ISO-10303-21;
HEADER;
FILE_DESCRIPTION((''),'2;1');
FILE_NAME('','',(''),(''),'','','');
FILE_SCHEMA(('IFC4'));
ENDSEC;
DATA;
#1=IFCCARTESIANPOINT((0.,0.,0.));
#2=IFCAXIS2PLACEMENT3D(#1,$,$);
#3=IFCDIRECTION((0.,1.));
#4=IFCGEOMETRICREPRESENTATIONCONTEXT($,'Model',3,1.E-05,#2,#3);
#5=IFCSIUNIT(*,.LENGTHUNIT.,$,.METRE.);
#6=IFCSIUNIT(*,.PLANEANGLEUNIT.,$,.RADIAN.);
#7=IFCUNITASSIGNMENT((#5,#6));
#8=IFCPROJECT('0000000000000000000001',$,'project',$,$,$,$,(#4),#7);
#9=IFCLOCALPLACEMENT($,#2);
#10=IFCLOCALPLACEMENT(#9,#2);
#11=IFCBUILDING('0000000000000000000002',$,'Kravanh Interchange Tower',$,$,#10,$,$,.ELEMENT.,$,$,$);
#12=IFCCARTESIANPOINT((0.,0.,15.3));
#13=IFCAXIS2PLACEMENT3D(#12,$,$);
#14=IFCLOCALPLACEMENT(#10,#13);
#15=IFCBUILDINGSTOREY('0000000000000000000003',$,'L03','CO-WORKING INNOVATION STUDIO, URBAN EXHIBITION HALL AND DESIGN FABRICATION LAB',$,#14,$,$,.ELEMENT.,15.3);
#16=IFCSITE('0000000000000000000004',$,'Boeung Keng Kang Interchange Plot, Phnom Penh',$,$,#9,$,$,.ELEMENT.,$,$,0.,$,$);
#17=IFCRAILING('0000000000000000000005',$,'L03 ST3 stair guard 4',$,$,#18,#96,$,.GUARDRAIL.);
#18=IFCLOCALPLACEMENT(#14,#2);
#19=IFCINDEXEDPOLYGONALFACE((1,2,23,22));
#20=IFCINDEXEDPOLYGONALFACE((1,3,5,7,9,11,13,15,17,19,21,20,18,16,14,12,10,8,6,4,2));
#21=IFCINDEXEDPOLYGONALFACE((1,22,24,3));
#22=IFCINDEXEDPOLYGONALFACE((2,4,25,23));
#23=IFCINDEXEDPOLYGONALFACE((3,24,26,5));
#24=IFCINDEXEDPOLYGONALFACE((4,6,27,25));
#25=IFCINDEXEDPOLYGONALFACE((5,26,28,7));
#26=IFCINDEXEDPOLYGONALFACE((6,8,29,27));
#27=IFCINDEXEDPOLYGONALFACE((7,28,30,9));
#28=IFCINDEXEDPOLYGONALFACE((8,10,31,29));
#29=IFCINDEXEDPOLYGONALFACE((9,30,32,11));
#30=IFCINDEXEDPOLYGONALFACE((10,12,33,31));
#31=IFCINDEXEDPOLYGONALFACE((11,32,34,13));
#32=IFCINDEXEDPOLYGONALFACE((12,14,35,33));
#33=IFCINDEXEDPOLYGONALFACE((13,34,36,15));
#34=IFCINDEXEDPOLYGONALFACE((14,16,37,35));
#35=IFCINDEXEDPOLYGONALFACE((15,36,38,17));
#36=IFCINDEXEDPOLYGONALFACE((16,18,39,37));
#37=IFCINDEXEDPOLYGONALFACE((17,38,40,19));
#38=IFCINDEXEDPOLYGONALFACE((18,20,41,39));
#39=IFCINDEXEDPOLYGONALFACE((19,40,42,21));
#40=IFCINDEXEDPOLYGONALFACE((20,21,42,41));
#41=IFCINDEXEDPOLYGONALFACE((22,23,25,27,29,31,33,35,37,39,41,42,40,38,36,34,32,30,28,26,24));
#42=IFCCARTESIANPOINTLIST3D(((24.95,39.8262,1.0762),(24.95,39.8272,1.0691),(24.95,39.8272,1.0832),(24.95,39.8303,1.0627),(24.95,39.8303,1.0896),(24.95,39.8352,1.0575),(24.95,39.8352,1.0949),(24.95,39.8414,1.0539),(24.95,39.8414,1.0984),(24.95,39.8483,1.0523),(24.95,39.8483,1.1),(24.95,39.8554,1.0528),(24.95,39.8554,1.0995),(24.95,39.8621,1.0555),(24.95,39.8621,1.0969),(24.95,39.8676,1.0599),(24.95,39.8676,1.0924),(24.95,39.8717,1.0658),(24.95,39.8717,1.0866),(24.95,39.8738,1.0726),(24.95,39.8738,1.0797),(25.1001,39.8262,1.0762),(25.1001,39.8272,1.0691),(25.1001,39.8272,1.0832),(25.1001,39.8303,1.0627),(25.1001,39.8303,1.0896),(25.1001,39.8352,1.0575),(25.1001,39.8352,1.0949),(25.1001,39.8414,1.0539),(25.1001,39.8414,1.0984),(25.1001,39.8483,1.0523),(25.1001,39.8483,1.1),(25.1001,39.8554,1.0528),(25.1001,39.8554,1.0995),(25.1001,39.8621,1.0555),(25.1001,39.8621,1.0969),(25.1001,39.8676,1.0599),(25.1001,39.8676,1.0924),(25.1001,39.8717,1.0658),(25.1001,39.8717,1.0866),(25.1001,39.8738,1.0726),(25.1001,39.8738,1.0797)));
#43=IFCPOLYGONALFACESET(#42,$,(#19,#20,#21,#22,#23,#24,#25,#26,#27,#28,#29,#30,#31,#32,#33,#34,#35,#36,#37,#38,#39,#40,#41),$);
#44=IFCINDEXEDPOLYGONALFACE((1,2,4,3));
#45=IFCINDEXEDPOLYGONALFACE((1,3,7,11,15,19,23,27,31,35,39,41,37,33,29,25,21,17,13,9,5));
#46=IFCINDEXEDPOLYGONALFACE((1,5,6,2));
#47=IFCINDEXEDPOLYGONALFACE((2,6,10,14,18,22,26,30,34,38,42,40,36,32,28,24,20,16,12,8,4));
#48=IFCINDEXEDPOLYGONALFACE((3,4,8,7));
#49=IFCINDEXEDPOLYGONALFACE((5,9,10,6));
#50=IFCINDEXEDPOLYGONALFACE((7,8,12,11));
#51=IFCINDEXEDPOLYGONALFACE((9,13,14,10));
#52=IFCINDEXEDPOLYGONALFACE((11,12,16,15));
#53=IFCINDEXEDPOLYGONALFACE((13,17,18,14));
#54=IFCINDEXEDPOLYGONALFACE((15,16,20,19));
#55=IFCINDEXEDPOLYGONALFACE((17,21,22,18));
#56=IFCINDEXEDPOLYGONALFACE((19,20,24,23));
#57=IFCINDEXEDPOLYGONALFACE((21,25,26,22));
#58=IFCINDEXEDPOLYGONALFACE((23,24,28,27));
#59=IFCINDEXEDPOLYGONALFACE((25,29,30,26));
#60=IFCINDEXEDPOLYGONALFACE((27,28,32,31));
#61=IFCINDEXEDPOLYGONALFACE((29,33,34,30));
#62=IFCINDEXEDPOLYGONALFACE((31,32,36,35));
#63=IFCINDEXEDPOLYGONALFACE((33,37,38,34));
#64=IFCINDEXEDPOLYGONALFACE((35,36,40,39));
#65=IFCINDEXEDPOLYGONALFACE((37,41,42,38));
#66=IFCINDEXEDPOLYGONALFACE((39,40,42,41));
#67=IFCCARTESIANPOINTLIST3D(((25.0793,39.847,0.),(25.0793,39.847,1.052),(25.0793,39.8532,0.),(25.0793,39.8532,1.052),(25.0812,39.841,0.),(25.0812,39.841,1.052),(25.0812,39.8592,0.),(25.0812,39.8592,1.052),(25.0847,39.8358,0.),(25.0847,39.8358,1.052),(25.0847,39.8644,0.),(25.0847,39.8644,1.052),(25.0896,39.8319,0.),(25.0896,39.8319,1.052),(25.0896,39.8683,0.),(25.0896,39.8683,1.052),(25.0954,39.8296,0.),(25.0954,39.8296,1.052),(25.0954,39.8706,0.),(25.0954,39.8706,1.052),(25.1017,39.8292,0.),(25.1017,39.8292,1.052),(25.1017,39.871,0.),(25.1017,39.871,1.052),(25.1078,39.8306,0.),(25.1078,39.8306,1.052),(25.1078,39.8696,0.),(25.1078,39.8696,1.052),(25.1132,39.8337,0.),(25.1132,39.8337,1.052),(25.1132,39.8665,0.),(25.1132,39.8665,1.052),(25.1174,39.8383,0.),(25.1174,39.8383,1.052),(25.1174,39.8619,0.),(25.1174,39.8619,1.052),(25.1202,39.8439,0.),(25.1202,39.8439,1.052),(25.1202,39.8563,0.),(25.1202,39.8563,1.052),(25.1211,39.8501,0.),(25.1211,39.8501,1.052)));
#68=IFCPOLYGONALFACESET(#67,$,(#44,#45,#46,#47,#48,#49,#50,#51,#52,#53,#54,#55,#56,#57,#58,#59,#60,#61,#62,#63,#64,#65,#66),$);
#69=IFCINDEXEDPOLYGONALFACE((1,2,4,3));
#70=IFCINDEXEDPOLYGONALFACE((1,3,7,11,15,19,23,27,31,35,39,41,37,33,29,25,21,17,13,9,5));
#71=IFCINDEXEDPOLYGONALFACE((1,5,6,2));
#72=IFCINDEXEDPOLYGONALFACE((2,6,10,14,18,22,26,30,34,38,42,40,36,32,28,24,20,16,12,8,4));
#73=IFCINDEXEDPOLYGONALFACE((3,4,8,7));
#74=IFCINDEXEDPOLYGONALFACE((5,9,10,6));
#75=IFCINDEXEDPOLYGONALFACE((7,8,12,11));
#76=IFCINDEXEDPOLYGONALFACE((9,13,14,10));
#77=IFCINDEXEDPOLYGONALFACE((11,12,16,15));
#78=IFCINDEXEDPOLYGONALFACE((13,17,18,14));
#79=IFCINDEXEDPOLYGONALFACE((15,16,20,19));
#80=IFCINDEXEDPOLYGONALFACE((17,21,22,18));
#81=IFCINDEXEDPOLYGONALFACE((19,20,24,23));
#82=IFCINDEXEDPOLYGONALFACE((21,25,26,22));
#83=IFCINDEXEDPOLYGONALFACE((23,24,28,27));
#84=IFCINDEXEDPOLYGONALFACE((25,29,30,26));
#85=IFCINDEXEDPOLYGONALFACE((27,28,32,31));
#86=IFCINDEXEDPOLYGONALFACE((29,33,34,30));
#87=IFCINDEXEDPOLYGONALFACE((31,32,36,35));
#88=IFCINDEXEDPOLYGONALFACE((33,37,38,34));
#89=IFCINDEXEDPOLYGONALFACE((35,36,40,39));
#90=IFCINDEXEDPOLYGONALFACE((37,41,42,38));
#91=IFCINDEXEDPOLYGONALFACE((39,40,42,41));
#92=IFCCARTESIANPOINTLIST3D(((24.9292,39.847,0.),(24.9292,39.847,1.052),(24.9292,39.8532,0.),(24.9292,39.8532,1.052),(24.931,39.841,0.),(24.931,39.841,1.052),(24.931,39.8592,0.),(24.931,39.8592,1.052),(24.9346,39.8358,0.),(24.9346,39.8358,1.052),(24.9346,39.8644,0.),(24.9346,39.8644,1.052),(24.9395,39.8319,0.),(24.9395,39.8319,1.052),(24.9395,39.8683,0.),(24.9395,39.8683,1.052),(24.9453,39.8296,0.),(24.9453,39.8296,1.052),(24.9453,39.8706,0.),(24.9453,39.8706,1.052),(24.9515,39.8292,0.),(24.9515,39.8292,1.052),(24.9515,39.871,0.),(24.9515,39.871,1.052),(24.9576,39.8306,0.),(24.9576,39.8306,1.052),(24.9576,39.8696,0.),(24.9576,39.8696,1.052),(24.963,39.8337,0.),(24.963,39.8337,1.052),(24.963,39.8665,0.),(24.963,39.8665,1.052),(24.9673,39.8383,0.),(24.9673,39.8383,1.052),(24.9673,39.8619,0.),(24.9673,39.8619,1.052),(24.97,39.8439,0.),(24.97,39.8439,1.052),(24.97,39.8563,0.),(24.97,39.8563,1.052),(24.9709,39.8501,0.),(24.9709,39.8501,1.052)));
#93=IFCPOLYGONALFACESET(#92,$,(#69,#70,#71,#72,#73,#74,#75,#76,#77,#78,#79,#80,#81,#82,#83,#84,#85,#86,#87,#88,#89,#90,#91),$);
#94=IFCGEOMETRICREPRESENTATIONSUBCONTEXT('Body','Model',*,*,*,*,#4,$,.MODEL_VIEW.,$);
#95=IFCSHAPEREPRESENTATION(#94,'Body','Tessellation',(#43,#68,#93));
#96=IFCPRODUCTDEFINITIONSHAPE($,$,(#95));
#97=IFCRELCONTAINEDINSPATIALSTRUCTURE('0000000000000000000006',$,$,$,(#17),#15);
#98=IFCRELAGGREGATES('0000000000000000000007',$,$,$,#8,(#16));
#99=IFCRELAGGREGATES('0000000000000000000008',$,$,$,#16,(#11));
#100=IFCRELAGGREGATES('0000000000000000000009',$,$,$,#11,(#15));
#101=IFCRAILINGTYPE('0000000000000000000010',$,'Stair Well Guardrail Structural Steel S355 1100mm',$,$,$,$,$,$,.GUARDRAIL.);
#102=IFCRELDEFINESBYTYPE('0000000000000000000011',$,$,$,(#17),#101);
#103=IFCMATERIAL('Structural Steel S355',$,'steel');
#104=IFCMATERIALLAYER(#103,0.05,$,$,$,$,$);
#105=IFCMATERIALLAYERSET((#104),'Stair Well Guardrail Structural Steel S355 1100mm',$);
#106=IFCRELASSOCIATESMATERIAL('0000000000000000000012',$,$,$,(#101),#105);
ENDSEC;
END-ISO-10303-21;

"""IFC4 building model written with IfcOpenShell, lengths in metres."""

from ifc_helpers import new_model, si_unit, direction, frame, origin, origin_2d, place, context, subcontext, project, spatial, circle, extrude, material, layer, layer_set, type_object, element, save


model = new_model("IFC4")

# Units and contexts
model_context = context("Model", 3, precision=1e-05, world=origin(), true_north=direction((0.0, 1.0)))
body_context = subcontext(model_context, "Body", "Model", "MODEL_VIEW")
ifc_project = project(units=[si_unit("LENGTHUNIT", "METRE"), si_unit("PLANEANGLEUNIT", "RADIAN")], contexts=[model_context])

# Site, building, storey
site_placement = place(None, origin())
site = spatial("IfcSite", under=ifc_project, at=site_placement, Name="Boeung Keng Kang Interchange Plot, Phnom Penh", CompositionType="ELEMENT", RefElevation=0.0)
building_placement = place(site_placement, origin())
building = spatial("IfcBuilding", under=site, at=building_placement, Name="Kravanh Interchange Tower", CompositionType="ELEMENT")
storey_placement = place(building_placement, frame((0.0, 0.0, 15.3)))
storey = spatial("IfcBuildingStorey", under=building, at=storey_placement, Name="L03", Description="CO-WORKING INNOVATION STUDIO, URBAN EXHIBITION HALL AND DESIGN FABRICATION LAB", CompositionType="ELEMENT", Elevation=15.3)

# Railing
ifc_material_1 = material(Name="Structural Steel S355", Category="steel")
ifc_layer_1 = layer(ifc_material_1, 0.05)
ifc_layer_set_1 = layer_set([ifc_layer_1], Name="Stair Well Guardrail Structural Steel S355 1100mm")
railing_type_1 = type_object("IfcRailingType", Name="Stair Well Guardrail Structural Steel S355 1100mm", PredefinedType="GUARDRAIL", material=ifc_layer_set_1)
railing_1_placement = place(storey_placement, frame((25.1001, 39.8501, 0.0)))
element("IfcRailing", 1, at=railing_1_placement, inside=storey, type_object=railing_type_1, Name="L03 ST3 stair guard 4", PredefinedType="GUARDRAIL", context=body_context, shape_type="SweptSolid", body=[
    extrude(circle(Radius=0.0239, at=origin_2d()), frame((0.0, 0.0, 1.0762), z_axis=(-1.0, 0.0, 0.0), x_axis=(0.0, -1.0, 0.0)), (0.0, 0.0, 1.0), 0.1501),
    extrude(circle(Radius=0.021, at=origin_2d()), origin(), (0.0, 0.0, 1.0), 1.052),
    extrude(circle(Radius=0.021, at=origin_2d()), frame((-0.1501, 0.0, 0.0)), (0.0, 0.0, 1.0), 1.052),
])

save(model, "model.ifc")
